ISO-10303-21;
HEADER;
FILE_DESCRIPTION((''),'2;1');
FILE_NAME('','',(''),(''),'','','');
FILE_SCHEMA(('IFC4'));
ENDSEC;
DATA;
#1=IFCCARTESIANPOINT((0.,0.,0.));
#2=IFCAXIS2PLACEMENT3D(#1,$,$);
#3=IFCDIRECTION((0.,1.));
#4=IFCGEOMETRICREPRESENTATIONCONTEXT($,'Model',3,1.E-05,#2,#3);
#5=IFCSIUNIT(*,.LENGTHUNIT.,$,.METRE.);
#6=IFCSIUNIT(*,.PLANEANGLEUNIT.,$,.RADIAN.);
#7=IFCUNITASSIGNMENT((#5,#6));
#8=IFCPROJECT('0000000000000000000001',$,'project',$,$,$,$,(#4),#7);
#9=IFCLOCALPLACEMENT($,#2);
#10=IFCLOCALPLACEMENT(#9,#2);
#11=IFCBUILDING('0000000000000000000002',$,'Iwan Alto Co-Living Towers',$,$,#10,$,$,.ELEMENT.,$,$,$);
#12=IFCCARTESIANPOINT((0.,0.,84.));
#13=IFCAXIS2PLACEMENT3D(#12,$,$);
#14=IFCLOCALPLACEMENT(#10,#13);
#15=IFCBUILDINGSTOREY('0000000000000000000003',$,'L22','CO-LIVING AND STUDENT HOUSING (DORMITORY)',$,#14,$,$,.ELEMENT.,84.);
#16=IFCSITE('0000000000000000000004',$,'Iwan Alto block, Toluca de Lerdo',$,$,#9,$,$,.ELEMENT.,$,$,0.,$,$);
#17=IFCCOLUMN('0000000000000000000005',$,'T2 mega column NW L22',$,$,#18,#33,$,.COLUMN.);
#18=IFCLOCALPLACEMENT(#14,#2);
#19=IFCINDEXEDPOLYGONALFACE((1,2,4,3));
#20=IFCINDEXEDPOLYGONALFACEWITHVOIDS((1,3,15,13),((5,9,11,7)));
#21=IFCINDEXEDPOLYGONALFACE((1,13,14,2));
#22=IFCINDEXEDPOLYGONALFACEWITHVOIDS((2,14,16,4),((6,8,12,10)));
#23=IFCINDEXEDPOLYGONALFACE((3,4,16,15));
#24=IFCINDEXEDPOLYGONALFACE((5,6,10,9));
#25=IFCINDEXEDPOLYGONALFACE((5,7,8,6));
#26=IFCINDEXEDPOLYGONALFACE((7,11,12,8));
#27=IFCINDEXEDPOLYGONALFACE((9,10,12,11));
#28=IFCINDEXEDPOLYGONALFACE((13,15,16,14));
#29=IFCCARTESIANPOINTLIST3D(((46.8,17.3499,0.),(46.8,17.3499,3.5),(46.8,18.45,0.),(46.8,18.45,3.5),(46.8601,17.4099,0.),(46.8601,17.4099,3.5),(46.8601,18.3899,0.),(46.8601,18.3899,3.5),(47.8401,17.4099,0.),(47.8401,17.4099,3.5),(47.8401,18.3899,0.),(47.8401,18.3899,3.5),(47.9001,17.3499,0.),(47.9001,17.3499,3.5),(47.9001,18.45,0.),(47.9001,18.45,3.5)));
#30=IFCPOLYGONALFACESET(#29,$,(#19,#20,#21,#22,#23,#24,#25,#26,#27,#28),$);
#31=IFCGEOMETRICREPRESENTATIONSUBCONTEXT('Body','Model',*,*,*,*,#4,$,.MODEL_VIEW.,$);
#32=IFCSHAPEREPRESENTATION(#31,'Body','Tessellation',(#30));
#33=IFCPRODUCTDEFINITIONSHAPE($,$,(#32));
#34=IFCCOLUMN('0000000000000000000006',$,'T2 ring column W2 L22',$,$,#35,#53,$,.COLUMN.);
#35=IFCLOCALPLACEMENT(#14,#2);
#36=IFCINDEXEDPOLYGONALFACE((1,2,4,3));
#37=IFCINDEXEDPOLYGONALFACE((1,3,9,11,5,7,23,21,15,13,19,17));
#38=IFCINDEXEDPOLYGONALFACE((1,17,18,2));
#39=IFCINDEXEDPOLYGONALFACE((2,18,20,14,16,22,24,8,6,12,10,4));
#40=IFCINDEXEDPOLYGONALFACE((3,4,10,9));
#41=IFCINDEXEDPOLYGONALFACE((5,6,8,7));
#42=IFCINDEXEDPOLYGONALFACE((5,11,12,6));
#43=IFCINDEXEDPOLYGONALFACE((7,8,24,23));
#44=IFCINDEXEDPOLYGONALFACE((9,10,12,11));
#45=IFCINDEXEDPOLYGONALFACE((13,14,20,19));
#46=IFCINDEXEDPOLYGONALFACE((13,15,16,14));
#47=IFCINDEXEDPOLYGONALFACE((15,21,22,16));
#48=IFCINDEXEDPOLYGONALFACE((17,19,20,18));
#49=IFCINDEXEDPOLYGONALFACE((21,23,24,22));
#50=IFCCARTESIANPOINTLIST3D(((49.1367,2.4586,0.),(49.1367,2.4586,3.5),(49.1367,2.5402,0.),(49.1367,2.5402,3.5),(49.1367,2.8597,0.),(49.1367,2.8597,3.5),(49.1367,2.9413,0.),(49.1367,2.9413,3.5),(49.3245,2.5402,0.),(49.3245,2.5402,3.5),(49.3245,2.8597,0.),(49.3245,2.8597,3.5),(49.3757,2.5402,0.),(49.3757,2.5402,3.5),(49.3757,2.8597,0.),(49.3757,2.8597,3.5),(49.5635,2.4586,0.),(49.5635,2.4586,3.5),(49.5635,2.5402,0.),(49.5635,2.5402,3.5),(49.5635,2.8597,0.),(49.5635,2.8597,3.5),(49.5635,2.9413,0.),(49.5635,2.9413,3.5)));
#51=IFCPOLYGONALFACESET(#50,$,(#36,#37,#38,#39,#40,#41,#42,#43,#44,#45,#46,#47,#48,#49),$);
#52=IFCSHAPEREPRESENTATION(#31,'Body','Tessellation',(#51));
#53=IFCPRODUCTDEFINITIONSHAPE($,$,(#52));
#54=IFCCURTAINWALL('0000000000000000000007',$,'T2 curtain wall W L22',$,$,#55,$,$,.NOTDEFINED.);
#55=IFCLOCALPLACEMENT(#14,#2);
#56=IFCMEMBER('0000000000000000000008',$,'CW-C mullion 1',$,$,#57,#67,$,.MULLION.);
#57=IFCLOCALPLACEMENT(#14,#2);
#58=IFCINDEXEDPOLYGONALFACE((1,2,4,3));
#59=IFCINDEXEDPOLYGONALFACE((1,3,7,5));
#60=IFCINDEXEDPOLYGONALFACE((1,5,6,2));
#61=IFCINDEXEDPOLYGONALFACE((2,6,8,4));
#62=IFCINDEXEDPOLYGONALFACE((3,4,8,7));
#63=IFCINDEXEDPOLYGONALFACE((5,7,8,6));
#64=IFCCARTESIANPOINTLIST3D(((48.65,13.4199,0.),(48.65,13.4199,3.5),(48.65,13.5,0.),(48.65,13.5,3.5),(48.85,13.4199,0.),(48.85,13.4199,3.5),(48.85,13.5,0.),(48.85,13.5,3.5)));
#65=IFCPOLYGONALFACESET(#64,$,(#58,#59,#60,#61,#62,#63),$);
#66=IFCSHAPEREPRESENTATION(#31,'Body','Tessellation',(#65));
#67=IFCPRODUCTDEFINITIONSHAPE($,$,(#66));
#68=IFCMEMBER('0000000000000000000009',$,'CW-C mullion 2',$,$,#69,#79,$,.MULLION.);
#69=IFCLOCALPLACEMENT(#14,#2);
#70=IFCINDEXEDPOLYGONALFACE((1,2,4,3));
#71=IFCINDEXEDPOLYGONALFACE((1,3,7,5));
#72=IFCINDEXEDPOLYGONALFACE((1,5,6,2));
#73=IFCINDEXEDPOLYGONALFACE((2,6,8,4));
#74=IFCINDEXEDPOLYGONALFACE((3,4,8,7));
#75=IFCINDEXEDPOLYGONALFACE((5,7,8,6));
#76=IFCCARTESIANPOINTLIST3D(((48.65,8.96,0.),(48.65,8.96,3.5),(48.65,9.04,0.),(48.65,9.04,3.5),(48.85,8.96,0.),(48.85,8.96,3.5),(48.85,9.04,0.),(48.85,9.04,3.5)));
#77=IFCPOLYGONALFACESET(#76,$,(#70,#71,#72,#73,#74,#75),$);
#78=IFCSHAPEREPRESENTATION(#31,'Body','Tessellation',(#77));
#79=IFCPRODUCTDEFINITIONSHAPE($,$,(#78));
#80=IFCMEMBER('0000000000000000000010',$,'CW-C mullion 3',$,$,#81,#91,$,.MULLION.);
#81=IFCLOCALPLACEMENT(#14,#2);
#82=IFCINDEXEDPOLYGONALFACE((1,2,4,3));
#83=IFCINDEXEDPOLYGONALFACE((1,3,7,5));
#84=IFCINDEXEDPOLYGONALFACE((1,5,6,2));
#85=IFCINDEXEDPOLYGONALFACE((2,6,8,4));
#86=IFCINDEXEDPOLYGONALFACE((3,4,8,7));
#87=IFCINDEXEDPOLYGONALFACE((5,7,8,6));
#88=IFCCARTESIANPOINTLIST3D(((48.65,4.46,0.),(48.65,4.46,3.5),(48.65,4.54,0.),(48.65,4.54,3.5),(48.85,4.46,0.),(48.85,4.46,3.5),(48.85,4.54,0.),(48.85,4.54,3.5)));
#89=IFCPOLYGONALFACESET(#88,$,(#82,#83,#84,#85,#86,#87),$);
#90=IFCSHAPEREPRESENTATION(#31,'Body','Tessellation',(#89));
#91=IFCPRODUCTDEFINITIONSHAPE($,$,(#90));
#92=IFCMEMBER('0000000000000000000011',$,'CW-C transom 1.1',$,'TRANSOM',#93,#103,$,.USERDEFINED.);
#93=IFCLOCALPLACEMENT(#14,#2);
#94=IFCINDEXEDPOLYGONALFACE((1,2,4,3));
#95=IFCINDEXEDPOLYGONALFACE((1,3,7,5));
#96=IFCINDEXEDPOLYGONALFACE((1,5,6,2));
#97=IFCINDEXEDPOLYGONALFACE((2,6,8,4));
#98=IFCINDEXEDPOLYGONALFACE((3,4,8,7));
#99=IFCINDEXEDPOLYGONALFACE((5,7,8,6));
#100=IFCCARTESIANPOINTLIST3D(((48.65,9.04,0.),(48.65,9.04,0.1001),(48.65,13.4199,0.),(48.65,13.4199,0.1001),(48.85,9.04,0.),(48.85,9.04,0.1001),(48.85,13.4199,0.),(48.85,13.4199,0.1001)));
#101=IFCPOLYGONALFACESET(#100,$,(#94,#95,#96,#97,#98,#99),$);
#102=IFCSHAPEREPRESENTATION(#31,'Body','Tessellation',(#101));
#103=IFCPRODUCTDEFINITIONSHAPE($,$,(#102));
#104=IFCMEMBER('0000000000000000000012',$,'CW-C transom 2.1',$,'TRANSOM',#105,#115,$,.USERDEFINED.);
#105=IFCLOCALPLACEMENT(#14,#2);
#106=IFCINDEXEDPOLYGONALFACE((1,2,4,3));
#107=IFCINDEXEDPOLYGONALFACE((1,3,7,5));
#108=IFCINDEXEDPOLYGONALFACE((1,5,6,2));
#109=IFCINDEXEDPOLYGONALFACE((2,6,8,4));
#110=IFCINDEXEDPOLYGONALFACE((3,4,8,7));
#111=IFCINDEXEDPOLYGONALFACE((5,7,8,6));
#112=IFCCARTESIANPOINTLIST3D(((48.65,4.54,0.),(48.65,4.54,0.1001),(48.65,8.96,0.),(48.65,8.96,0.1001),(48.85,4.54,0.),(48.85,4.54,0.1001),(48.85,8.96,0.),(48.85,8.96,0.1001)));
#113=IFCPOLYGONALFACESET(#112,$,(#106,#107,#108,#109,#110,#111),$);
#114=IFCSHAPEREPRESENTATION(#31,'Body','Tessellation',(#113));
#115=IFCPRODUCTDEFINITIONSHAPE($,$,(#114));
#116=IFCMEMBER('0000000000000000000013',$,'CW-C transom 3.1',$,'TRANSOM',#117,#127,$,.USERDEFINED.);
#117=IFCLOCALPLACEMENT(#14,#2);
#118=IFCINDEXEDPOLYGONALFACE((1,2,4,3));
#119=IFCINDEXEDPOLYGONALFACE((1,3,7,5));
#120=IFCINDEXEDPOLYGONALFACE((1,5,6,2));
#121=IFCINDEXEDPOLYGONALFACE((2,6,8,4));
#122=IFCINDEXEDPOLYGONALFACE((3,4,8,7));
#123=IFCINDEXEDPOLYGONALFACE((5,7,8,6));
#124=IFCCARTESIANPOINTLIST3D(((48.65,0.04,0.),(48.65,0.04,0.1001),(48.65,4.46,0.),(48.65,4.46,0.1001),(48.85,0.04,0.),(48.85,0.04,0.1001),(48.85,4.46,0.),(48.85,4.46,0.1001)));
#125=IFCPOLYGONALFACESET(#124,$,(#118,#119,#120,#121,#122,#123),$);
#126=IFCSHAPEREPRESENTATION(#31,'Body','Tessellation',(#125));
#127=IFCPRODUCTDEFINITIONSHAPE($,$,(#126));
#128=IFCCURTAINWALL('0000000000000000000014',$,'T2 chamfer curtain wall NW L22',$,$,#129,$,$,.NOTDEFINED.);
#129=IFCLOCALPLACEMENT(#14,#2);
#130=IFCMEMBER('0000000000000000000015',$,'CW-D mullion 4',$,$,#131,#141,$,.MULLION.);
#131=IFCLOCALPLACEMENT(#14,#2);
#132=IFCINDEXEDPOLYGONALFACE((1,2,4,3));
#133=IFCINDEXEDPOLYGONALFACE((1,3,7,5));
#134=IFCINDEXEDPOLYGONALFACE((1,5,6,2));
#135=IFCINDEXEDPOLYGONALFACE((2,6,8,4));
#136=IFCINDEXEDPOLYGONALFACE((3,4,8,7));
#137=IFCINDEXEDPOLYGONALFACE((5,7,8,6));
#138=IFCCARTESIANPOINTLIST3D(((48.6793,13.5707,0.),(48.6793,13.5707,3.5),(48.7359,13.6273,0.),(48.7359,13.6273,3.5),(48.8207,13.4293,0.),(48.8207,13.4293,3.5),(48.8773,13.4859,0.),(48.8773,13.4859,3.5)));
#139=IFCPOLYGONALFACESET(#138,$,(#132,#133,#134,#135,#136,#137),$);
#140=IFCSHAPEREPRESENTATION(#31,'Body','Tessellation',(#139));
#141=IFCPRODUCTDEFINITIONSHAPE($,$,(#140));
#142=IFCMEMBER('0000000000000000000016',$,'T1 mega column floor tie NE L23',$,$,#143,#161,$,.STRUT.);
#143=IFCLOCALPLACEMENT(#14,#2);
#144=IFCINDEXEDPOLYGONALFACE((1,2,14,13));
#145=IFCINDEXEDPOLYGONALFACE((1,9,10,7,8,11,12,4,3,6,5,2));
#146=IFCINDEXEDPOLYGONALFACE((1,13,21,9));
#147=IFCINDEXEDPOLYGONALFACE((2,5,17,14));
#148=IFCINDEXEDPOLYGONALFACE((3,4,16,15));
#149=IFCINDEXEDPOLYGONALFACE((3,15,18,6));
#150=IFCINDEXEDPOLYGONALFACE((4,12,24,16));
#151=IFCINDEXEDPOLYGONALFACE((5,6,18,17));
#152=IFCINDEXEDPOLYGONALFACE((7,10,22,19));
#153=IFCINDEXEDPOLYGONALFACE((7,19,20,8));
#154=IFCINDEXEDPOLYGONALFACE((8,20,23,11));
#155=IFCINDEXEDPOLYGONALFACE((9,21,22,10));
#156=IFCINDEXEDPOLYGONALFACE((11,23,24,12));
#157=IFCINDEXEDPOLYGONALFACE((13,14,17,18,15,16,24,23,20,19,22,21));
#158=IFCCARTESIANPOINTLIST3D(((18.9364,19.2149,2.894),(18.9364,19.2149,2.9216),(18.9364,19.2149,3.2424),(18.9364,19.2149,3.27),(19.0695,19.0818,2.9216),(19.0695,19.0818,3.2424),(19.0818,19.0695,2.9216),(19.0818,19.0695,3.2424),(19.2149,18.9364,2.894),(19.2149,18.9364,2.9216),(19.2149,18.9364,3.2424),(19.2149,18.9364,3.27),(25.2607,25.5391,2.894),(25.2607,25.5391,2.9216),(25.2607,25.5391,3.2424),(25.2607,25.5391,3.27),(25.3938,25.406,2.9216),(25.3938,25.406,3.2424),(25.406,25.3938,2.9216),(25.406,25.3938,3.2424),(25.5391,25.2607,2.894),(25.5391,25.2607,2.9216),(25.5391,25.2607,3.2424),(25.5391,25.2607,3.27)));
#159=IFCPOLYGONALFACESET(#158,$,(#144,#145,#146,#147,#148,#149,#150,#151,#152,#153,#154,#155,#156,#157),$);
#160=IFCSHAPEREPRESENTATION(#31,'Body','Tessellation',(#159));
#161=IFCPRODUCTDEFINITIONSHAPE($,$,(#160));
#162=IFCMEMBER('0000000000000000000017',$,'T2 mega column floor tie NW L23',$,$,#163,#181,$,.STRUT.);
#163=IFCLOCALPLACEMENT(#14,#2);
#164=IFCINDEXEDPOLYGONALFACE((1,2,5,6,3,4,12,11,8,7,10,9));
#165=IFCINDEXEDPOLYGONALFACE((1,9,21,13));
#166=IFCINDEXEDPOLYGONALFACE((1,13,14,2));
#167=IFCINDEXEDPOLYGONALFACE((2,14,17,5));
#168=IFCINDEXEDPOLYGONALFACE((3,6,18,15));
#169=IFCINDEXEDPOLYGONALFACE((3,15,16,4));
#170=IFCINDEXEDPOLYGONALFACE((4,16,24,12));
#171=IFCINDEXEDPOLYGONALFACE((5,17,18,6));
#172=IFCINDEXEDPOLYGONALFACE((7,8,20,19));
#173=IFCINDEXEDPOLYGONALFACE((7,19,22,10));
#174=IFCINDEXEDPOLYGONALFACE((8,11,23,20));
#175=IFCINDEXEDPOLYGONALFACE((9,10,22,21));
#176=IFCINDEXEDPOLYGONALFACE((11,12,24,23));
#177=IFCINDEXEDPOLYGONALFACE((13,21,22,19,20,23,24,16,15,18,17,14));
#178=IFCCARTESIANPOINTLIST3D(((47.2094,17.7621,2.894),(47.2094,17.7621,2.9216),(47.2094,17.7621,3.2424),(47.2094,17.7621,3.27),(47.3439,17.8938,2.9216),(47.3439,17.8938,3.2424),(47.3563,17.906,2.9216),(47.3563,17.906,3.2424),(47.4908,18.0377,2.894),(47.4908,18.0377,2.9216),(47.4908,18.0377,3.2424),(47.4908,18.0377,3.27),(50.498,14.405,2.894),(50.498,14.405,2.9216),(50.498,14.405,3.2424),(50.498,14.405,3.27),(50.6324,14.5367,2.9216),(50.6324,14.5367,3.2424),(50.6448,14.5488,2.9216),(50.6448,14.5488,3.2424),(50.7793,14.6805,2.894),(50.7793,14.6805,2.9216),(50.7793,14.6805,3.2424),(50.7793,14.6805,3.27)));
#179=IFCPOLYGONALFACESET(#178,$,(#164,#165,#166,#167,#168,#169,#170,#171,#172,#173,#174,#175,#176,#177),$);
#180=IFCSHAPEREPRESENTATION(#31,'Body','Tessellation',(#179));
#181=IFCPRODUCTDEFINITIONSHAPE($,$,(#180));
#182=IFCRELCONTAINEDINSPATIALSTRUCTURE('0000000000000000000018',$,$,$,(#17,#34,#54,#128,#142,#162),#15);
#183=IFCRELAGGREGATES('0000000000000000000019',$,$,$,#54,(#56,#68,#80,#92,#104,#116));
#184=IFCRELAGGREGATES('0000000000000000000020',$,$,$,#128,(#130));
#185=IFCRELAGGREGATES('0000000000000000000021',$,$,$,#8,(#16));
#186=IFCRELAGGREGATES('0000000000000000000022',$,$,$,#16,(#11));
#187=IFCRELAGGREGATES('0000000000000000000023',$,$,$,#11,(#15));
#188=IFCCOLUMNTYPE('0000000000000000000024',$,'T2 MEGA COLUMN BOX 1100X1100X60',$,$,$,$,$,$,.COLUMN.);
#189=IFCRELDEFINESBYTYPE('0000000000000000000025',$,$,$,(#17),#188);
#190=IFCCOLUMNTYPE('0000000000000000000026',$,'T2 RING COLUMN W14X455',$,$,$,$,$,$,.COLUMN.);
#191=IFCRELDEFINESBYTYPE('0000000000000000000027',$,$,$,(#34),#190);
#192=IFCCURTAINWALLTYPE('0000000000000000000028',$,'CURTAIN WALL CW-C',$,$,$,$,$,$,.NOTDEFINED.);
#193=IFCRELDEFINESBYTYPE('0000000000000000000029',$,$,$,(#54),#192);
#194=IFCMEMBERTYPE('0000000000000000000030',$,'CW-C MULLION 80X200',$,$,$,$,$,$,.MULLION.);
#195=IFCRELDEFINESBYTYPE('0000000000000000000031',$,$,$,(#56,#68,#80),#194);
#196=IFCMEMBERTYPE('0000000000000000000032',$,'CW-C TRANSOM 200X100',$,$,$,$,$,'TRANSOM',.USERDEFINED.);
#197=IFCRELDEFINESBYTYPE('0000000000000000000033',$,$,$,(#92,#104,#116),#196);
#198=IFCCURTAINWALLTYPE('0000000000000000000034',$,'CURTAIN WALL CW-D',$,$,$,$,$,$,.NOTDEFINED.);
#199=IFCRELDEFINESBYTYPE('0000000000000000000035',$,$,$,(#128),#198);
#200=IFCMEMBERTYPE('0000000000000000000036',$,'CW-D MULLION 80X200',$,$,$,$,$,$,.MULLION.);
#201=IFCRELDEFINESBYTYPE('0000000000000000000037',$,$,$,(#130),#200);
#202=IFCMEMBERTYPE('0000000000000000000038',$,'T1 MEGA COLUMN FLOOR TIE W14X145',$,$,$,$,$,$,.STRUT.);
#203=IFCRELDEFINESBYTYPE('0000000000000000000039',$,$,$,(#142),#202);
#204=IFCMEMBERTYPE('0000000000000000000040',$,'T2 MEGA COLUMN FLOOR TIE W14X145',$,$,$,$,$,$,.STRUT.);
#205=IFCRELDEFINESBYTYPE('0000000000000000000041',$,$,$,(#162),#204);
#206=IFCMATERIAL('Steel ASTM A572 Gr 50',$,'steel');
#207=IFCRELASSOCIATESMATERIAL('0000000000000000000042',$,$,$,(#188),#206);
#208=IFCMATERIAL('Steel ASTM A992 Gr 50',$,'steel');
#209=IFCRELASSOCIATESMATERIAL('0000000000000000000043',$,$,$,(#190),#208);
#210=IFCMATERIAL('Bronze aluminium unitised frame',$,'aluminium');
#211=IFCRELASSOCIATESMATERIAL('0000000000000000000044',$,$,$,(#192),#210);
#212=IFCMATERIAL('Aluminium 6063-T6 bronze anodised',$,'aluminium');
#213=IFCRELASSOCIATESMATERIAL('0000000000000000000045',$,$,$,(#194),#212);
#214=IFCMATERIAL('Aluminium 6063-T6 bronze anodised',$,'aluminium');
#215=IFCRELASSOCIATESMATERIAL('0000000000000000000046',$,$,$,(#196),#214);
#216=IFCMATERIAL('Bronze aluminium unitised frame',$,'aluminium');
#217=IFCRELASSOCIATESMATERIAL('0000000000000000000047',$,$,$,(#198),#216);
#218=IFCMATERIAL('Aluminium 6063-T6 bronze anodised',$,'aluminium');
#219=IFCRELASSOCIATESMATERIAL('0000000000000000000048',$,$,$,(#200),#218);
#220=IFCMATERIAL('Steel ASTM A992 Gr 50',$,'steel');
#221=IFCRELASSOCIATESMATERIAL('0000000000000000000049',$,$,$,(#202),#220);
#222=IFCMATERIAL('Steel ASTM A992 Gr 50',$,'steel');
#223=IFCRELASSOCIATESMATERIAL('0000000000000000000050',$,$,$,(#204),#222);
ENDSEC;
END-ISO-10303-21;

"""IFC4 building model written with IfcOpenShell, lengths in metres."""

from ifc_helpers import new_model, si_unit, direction, frame, origin, origin_2d, place, context, subcontext, project, spatial, rectangle, hollow_rectangle, i_section, extrude, material, material_profile, profile_set, type_object, element, aggregate, save


model = new_model("IFC4")

# Units and contexts
model_context = context("Model", 3, precision=1e-05, world=origin(), true_north=direction((0.0, 1.0)))
body_context = subcontext(model_context, "Body", "Model", "MODEL_VIEW")
ifc_project = project(units=[si_unit("LENGTHUNIT", "METRE"), si_unit("PLANEANGLEUNIT", "RADIAN")], contexts=[model_context])

# Site, building, storey
site_placement = place(None, origin())
site = spatial("IfcSite", under=ifc_project, at=site_placement, Name="Iwan Alto block, Toluca de Lerdo", CompositionType="ELEMENT", RefElevation=0.0)
building_placement = place(site_placement, origin())
building = spatial("IfcBuilding", under=site, at=building_placement, Name="Iwan Alto Co-Living Towers", CompositionType="ELEMENT")
storey_placement = place(building_placement, frame((0.0, 0.0, 84.0)))
storey = spatial("IfcBuildingStorey", under=building, at=storey_placement, Name="L22", Description="CO-LIVING AND STUDENT HOUSING (DORMITORY)", CompositionType="ELEMENT", Elevation=84.0)

# Columns
ifc_material_1 = material(Name="Steel ASTM A572 Gr 50", Category="steel")
ifc_material_profile_1 = material_profile(ifc_material_1, hollow_rectangle(XDim=1.1001, YDim=1.1001, WallThickness=0.0601, at=origin_2d()), Name="BOX 1100X1100X60")
ifc_profile_set_1 = profile_set([ifc_material_profile_1], Name="Steel ASTM A572 Gr 50")
column_type_1 = type_object("IfcColumnType", Name="T2 MEGA COLUMN BOX 1100X1100X60", PredefinedType="COLUMN", material=ifc_profile_set_1)
column_1_placement = place(storey_placement, frame((47.3501, 17.8999, 0.0), z_axis=(0.0, 0.0, 1.0), x_axis=(1.0, 0.0, 0.0)))
element("IfcColumn", 1, at=column_1_placement, inside=storey, type_object=column_type_1, Name="T2 mega column NW L22", PredefinedType="COLUMN", context=body_context, shape_type="SweptSolid", body=[
    extrude(hollow_rectangle(XDim=1.1001, YDim=1.1001, WallThickness=0.0601, at=origin_2d()), origin(), (0.0, 0.0, 1.0), 3.5),
])
ifc_material_2 = material(Name="Steel ASTM A992 Gr 50", Category="steel")
ifc_material_profile_2 = material_profile(ifc_material_2, i_section(OverallWidth=0.4268, OverallDepth=0.4827, WebThickness=0.0513, FlangeThickness=0.0815, at=origin_2d()), Name="W14X455")
ifc_profile_set_2 = profile_set([ifc_material_profile_2], Name="Steel ASTM A992 Gr 50")
column_type_2 = type_object("IfcColumnType", Name="T2 RING COLUMN W14X455", PredefinedType="COLUMN", material=ifc_profile_set_2)
column_2_placement = place(storey_placement, frame((49.3501, 2.7, 0.0), z_axis=(0.0, 0.0, 1.0), x_axis=(1.0, 0.0, 0.0)))
element("IfcColumn", 2, at=column_2_placement, inside=storey, type_object=column_type_2, Name="T2 ring column W2 L22", PredefinedType="COLUMN", context=body_context, shape_type="SweptSolid", body=[
    extrude(i_section(OverallWidth=0.4268, OverallDepth=0.4827, WebThickness=0.0513, FlangeThickness=0.0815, at=origin_2d()), origin(), (0.0, 0.0, 1.0), 3.5),
])

# Curtain wall, members
ifc_material_3 = material(Name="Bronze aluminium unitised frame", Category="aluminium")
curtain_wall_type_1 = type_object("IfcCurtainWallType", Name="CURTAIN WALL CW-C", PredefinedType="NOTDEFINED", material=ifc_material_3)
curtain_wall_1_placement = place(storey_placement, origin())
curtain_wall_1 = element("IfcCurtainWall", 3, at=curtain_wall_1_placement, inside=storey, type_object=curtain_wall_type_1, Name="T2 curtain wall W L22", PredefinedType="NOTDEFINED")
ifc_material_4 = material(Name="Aluminium 6063-T6 bronze anodised", Category="aluminium")
ifc_material_profile_3 = material_profile(ifc_material_4, rectangle(XDim=0.2, YDim=0.0801, at=origin_2d()), Name="AL 80X200")
ifc_profile_set_3 = profile_set([ifc_material_profile_3], Name="Aluminium 6063-T6 bronze anodised")
member_type_1 = type_object("IfcMemberType", Name="CW-C MULLION 80X200", PredefinedType="MULLION", material=ifc_profile_set_3)
member_1_placement = place(storey_placement, frame((48.75, 13.46, 0.0), z_axis=(0.0, 0.0, 1.0), x_axis=(1.0, 0.0, 0.0)))
member_1 = element("IfcMember", 4, at=member_1_placement, type_object=member_type_1, Name="CW-C mullion 1", PredefinedType="MULLION", context=body_context, shape_type="SweptSolid", body=[
    extrude(rectangle(XDim=0.2, YDim=0.0801, at=origin_2d()), origin(), (0.0, 0.0, 1.0), 3.5),
])
member_2_placement = place(storey_placement, frame((48.75, 9.0, 0.0), z_axis=(0.0, 0.0, 1.0), x_axis=(1.0, 0.0, 0.0)))
member_2 = element("IfcMember", 5, at=member_2_placement, type_object=member_type_1, Name="CW-C mullion 2", PredefinedType="MULLION", context=body_context, shape_type="SweptSolid", body=[
    extrude(rectangle(XDim=0.2, YDim=0.0801, at=origin_2d()), origin(), (0.0, 0.0, 1.0), 3.5),
])
member_3_placement = place(storey_placement, frame((48.75, 4.5, 0.0), z_axis=(0.0, 0.0, 1.0), x_axis=(1.0, 0.0, 0.0)))
member_3 = element("IfcMember", 6, at=member_3_placement, type_object=member_type_1, Name="CW-C mullion 3", PredefinedType="MULLION", context=body_context, shape_type="SweptSolid", body=[
    extrude(rectangle(XDim=0.2, YDim=0.0801, at=origin_2d()), origin(), (0.0, 0.0, 1.0), 3.5),
])
ifc_material_5 = material(Name="Aluminium 6063-T6 bronze anodised", Category="aluminium")
ifc_material_profile_4 = material_profile(ifc_material_5, rectangle(XDim=0.2, YDim=0.1001, at=origin_2d()), Name="AL 200X100")
ifc_profile_set_4 = profile_set([ifc_material_profile_4], Name="Aluminium 6063-T6 bronze anodised")
member_type_2 = type_object("IfcMemberType", Name="CW-C TRANSOM 200X100", ElementType="TRANSOM", PredefinedType="USERDEFINED", material=ifc_profile_set_4)
member_4_placement = place(storey_placement, frame((48.75, 13.4199, 0.05), z_axis=(0.0, -1.0, 0.0), x_axis=(1.0, 0.0, 0.0)))
member_4 = element("IfcMember", 7, at=member_4_placement, type_object=member_type_2, Name="CW-C transom 1.1", ObjectType="TRANSOM", PredefinedType="USERDEFINED", context=body_context, shape_type="SweptSolid", body=[
    extrude(rectangle(XDim=0.2, YDim=0.1001, at=origin_2d()), origin(), (0.0, 0.0, 1.0), 4.3799),
])
member_5_placement = place(storey_placement, frame((48.75, 8.96, 0.05), z_axis=(0.0, -1.0, 0.0), x_axis=(1.0, 0.0, 0.0)))
member_5 = element("IfcMember", 8, at=member_5_placement, type_object=member_type_2, Name="CW-C transom 2.1", ObjectType="TRANSOM", PredefinedType="USERDEFINED", context=body_context, shape_type="SweptSolid", body=[
    extrude(rectangle(XDim=0.2, YDim=0.1001, at=origin_2d()), origin(), (0.0, 0.0, 1.0), 4.4199),
])
member_6_placement = place(storey_placement, frame((48.75, 4.46, 0.05), z_axis=(0.0, -1.0, 0.0), x_axis=(1.0, 0.0, 0.0)))
member_6 = element("IfcMember", 9, at=member_6_placement, type_object=member_type_2, Name="CW-C transom 3.1", ObjectType="TRANSOM", PredefinedType="USERDEFINED", context=body_context, shape_type="SweptSolid", body=[
    extrude(rectangle(XDim=0.2, YDim=0.1001, at=origin_2d()), origin(), (0.0, 0.0, 1.0), 4.4199),
])

# Curtain wall, member
ifc_material_6 = material(Name="Bronze aluminium unitised frame", Category="aluminium")
curtain_wall_type_2 = type_object("IfcCurtainWallType", Name="CURTAIN WALL CW-D", PredefinedType="NOTDEFINED", material=ifc_material_6)
curtain_wall_2_placement = place(storey_placement, origin())
curtain_wall_2 = element("IfcCurtainWall", 10, at=curtain_wall_2_placement, inside=storey, type_object=curtain_wall_type_2, Name="T2 chamfer curtain wall NW L22", PredefinedType="NOTDEFINED")
ifc_material_7 = material(Name="Aluminium 6063-T6 bronze anodised", Category="aluminium")
ifc_material_profile_5 = material_profile(ifc_material_7, rectangle(XDim=0.2, YDim=0.0801, at=origin_2d()), Name="AL 80X200")
ifc_profile_set_5 = profile_set([ifc_material_profile_5], Name="Aluminium 6063-T6 bronze anodised")
member_type_3 = type_object("IfcMemberType", Name="CW-D MULLION 80X200", PredefinedType="MULLION", material=ifc_profile_set_5)
member_7_placement = place(storey_placement, frame((48.7783, 13.5283, 0.0), z_axis=(0.0, 0.0, 1.0), x_axis=(0.707107, -0.707107, 0.0)))
member_7 = element("IfcMember", 11, at=member_7_placement, type_object=member_type_3, Name="CW-D mullion 4", PredefinedType="MULLION", context=body_context, shape_type="SweptSolid", body=[
    extrude(rectangle(XDim=0.2, YDim=0.0801, at=origin_2d()), origin(), (0.0, 0.0, 1.0), 3.5),
])

# Members
ifc_material_8 = material(Name="Steel ASTM A992 Gr 50", Category="steel")
ifc_material_profile_6 = material_profile(ifc_material_8, i_section(OverallWidth=0.3938, OverallDepth=0.376, WebThickness=0.0173, FlangeThickness=0.0276, at=origin_2d()), Name="W14X145")
ifc_profile_set_6 = profile_set([ifc_material_profile_6], Name="Steel ASTM A992 Gr 50")
member_type_4 = type_object("IfcMemberType", Name="T1 MEGA COLUMN FLOOR TIE W14X145", PredefinedType="STRUT", material=ifc_profile_set_6)
member_8_placement = place(storey_placement, frame((25.3999, 25.3999, 3.082), z_axis=(-0.707107, -0.707107, 0.0), x_axis=(0.707107, -0.707107, 0.0)))
element("IfcMember", 12, at=member_8_placement, inside=storey, type_object=member_type_4, Name="T1 mega column floor tie NE L23", PredefinedType="STRUT", context=body_context, shape_type="SweptSolid", body=[
    extrude(i_section(OverallWidth=0.3938, OverallDepth=0.376, WebThickness=0.0173, FlangeThickness=0.0276, at=origin_2d()), origin(), (0.0, 0.0, 1.0), 8.9438),
])
ifc_material_9 = material(Name="Steel ASTM A992 Gr 50", Category="steel")
ifc_material_profile_7 = material_profile(ifc_material_9, i_section(OverallWidth=0.3938, OverallDepth=0.376, WebThickness=0.0173, FlangeThickness=0.0276, at=origin_2d()), Name="W14X145")
ifc_profile_set_7 = profile_set([ifc_material_profile_7], Name="Steel ASTM A992 Gr 50")
member_type_5 = type_object("IfcMemberType", Name="T2 MEGA COLUMN FLOOR TIE W14X145", PredefinedType="STRUT", material=ifc_profile_set_7)
member_9_placement = place(storey_placement, frame((47.3501, 17.8999, 3.082), z_axis=(0.69977, -0.714368, 0.0), x_axis=(0.714368, 0.69977, 0.0)))
element("IfcMember", 13, at=member_9_placement, inside=storey, type_object=member_type_5, Name="T2 mega column floor tie NW L23", PredefinedType="STRUT", context=body_context, shape_type="SweptSolid", body=[
    extrude(i_section(OverallWidth=0.3938, OverallDepth=0.376, WebThickness=0.0173, FlangeThickness=0.0276, at=origin_2d()), origin(), (0.0, 0.0, 1.0), 4.6995),
])

aggregate(curtain_wall_1, [member_1, member_2, member_3, member_4, member_5, member_6])
aggregate(curtain_wall_2, [member_7])

save(model, "model.ifc")
